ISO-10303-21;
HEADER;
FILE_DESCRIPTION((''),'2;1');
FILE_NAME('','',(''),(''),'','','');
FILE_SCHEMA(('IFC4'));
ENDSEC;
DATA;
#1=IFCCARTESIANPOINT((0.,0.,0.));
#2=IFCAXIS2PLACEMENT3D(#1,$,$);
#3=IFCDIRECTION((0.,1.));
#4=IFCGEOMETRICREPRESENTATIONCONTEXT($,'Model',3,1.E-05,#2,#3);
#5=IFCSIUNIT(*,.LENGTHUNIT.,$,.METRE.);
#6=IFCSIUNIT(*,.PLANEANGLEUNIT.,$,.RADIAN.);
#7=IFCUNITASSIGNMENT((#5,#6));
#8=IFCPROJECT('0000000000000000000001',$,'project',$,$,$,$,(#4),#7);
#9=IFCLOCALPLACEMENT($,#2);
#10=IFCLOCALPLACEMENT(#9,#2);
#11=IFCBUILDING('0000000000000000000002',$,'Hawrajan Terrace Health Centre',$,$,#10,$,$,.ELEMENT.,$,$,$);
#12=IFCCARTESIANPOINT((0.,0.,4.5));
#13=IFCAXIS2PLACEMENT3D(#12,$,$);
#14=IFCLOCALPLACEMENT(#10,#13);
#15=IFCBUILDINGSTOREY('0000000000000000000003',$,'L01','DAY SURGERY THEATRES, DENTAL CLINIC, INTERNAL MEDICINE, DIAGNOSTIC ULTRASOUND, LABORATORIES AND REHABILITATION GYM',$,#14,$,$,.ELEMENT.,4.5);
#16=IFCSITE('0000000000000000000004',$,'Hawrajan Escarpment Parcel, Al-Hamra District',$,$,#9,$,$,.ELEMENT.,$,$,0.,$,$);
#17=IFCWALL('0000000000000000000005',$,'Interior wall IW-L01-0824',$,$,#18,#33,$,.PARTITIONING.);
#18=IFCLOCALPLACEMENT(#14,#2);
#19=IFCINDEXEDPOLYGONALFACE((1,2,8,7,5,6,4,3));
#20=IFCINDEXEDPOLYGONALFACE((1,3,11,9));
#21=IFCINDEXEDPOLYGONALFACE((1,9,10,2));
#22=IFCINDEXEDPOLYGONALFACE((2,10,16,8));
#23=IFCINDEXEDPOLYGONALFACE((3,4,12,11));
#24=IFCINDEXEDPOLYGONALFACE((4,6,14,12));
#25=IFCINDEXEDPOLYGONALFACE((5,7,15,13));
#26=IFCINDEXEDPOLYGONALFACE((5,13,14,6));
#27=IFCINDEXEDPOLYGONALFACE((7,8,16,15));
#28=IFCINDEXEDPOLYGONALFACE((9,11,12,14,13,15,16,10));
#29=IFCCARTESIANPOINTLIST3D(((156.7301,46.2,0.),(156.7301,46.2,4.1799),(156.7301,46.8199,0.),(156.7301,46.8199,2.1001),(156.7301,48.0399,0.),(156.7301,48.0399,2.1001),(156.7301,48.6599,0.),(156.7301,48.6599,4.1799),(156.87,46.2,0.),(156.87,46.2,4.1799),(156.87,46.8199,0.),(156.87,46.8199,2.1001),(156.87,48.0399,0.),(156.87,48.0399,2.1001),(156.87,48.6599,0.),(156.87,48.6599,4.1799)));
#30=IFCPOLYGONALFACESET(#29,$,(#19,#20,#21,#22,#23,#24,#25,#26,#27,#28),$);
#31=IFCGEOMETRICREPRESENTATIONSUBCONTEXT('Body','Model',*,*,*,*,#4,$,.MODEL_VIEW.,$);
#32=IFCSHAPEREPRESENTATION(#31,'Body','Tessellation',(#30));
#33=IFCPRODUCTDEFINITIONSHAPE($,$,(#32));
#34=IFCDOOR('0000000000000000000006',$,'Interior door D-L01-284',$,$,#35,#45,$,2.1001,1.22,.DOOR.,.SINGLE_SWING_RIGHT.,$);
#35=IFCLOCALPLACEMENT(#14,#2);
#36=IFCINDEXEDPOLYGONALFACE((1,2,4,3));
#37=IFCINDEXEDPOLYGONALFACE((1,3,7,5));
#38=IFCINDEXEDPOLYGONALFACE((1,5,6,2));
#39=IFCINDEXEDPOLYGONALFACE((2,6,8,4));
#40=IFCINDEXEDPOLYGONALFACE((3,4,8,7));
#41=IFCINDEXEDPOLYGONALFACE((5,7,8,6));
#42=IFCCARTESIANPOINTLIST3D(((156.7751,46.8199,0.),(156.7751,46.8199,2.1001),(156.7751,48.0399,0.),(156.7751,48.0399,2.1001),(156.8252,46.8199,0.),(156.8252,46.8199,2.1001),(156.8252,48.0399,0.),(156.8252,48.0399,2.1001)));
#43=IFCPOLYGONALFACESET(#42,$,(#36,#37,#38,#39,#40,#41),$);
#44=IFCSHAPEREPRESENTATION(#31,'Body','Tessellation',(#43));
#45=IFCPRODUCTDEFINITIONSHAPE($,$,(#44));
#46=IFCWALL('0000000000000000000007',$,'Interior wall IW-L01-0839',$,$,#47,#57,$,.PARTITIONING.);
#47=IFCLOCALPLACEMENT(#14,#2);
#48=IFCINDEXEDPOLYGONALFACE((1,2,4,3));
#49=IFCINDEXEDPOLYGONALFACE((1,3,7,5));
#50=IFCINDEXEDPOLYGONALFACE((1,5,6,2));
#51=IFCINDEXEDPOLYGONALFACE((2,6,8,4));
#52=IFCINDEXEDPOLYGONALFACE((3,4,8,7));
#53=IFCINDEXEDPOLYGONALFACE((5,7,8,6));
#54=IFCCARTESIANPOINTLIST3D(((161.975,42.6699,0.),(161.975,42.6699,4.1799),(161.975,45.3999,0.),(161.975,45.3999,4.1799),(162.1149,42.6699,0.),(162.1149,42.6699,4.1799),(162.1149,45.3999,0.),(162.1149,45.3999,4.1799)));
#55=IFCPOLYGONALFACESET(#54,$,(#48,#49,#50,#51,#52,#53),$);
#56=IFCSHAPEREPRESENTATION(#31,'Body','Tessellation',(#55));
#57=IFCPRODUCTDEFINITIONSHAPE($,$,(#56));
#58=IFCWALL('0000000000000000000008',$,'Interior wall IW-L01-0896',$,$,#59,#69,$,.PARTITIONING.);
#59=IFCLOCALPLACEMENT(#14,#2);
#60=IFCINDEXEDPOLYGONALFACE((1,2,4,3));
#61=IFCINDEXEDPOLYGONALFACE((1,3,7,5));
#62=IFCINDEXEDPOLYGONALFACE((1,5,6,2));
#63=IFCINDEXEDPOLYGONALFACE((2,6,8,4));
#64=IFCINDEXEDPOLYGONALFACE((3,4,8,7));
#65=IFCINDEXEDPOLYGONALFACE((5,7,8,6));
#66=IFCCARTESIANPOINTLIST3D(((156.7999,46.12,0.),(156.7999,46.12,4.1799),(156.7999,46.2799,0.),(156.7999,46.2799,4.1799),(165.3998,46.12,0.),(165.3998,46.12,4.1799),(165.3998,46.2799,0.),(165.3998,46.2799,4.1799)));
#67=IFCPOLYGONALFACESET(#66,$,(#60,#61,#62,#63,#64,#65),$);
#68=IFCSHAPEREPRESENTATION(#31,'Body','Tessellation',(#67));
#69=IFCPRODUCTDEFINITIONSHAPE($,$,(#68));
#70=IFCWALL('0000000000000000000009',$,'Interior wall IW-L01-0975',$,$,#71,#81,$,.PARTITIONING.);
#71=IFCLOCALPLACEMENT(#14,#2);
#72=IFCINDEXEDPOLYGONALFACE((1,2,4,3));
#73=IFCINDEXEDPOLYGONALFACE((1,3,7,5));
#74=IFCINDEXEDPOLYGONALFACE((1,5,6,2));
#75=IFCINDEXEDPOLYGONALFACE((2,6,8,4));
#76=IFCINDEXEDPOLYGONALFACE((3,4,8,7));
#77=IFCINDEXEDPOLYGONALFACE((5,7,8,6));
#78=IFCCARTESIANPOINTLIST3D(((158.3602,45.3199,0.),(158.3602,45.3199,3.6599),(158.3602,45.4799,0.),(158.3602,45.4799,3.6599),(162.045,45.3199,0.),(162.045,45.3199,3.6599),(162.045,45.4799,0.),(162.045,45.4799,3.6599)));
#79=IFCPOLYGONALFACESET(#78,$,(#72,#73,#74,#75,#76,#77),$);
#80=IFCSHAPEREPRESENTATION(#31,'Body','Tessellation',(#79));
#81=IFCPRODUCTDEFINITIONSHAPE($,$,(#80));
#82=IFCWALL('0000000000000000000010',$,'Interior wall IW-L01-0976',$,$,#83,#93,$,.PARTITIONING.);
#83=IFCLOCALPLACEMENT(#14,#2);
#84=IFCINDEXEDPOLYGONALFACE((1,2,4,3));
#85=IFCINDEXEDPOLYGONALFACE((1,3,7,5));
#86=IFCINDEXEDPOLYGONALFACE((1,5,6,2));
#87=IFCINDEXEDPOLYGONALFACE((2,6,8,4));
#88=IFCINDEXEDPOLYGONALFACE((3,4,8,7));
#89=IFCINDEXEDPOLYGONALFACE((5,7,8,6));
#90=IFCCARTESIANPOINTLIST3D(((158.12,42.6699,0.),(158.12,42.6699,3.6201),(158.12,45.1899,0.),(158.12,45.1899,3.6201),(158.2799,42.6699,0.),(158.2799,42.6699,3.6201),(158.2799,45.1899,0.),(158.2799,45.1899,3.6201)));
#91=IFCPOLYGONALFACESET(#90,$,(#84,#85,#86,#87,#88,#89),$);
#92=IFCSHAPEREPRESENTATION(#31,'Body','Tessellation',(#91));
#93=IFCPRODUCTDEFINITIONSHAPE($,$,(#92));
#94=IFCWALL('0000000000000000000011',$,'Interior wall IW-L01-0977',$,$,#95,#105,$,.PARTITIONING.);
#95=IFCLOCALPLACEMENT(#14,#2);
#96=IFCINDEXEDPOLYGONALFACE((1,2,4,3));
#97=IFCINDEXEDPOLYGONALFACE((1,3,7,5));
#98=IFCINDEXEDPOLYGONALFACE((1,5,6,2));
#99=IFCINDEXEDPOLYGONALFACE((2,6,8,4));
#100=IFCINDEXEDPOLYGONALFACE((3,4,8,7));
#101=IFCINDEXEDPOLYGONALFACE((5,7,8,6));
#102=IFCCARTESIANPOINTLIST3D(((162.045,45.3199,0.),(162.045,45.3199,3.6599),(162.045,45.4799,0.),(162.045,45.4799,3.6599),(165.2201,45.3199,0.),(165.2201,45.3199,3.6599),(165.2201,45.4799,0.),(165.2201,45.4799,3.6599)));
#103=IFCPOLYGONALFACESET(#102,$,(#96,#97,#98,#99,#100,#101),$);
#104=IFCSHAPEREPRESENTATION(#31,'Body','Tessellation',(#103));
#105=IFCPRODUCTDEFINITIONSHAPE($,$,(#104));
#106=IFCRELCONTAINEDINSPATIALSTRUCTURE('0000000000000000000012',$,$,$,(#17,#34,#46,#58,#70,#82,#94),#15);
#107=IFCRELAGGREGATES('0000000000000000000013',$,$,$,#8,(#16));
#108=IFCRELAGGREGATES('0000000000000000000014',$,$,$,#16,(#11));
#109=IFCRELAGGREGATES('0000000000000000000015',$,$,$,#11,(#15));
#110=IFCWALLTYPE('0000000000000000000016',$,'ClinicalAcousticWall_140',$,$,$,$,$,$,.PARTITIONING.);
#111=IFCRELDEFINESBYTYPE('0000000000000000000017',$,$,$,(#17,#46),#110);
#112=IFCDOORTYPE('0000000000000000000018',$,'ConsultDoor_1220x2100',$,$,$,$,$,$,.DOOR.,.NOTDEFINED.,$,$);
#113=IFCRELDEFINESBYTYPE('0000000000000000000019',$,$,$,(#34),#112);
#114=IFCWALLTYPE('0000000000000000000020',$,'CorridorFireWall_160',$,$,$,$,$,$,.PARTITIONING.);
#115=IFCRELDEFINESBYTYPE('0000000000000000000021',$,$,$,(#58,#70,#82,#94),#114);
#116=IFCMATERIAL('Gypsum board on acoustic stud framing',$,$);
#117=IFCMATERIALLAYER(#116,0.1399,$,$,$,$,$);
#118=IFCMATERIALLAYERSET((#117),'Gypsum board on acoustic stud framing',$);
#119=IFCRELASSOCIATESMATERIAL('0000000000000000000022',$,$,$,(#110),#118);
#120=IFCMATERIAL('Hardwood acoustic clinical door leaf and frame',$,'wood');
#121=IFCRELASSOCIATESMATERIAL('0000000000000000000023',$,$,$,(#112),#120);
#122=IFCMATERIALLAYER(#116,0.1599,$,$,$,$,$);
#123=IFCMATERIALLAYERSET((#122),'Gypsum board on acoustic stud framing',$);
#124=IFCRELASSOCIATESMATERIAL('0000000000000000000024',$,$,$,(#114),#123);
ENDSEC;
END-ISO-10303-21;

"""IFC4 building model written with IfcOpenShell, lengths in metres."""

from ifc_helpers import new_model, si_unit, direction, frame, frame_2d, origin, place, context, subcontext, project, spatial, rectangle, extrude, material, layer, layer_set, type_object, element, fill, save


model = new_model("IFC4")

# Units and contexts
model_context = context("Model", 3, precision=1e-05, world=origin(), true_north=direction((0.0, 1.0)))
body_context = subcontext(model_context, "Body", "Model", "MODEL_VIEW")
ifc_project = project(units=[si_unit("LENGTHUNIT", "METRE"), si_unit("PLANEANGLEUNIT", "RADIAN")], contexts=[model_context])

# Site, building, storey
site_placement = place(None, origin())
site = spatial("IfcSite", under=ifc_project, at=site_placement, Name="Hawrajan Escarpment Parcel, Al-Hamra District", CompositionType="ELEMENT", RefElevation=0.0)
building_placement = place(site_placement, origin())
building = spatial("IfcBuilding", under=site, at=building_placement, Name="Hawrajan Terrace Health Centre", CompositionType="ELEMENT")
storey_placement = place(building_placement, frame((0.0, 0.0, 4.5)))
storey = spatial("IfcBuildingStorey", under=building, at=storey_placement, Name="L01", Description="DAY SURGERY THEATRES, DENTAL CLINIC, INTERNAL MEDICINE, DIAGNOSTIC ULTRASOUND, LABORATORIES AND REHABILITATION GYM", CompositionType="ELEMENT", Elevation=4.5)

# Wall, opening, door
ifc_material_1 = material(Name="Gypsum board on acoustic stud framing")
ifc_layer_1 = layer(ifc_material_1, 0.1399)
ifc_layer_set_1 = layer_set([ifc_layer_1], Name="Gypsum board on acoustic stud framing")
wall_type_1 = type_object("IfcWallType", Name="ClinicalAcousticWall_140", PredefinedType="PARTITIONING", material=ifc_layer_set_1)
wall_1_placement = place(storey_placement, frame((156.8, 46.2, 0.0), z_axis=(0.0, 0.0, 1.0), x_axis=(0.0, 1.0, 0.0)))
wall_1 = element("IfcWall", 1, at=wall_1_placement, inside=storey, type_object=wall_type_1, Name="Interior wall IW-L01-0824", PredefinedType="PARTITIONING", context=body_context, shape_type="SweptSolid", body=[
    extrude(rectangle(XDim=2.46, YDim=0.1399, at=frame_2d((1.23, 0.0))), origin(), (0.0, 0.0, 1.0), 4.1799),
])
opening_placement = place(wall_1_placement, frame((0.6201, 0.0, 0.0)))
opening = element("IfcOpeningElement", 2, at=opening_placement, cuts=wall_1, PredefinedType="OPENING", context=body_context, shape_type="SweptSolid", body=[
    extrude(rectangle(XDim=1.22, YDim=2.1001, at=frame_2d((0.6099, 1.05))), frame((0.0, 0.0798, 0.0), z_axis=(0.0, -1.0, 0.0), x_axis=(1.0, 0.0, 0.0)), (0.0, 0.0, 1.0), 0.1599),
])
ifc_material_2 = material(Name="Hardwood acoustic clinical door leaf and frame", Category="wood")
door_type = type_object("IfcDoorType", Name="ConsultDoor_1220x2100", OperationType="NOTDEFINED", PredefinedType="DOOR", material=ifc_material_2)
door_placement = place(opening_placement, origin())
door = element("IfcDoor", 3, at=door_placement, inside=storey, type_object=door_type, Name="Interior door D-L01-284", OperationType="SINGLE_SWING_RIGHT", OverallHeight=2.1001, OverallWidth=1.22, PredefinedType="DOOR", context=body_context, shape_type="SweptSolid", body=[
    extrude(rectangle(XDim=1.22, YDim=2.1001, at=frame_2d((0.6099, 1.05))), frame((0.0, 0.0249, 0.0), z_axis=(0.0, -1.0, 0.0), x_axis=(1.0, 0.0, 0.0)), (0.0, 0.0, 1.0), 0.05),
])
fill(opening, door)

# Walls
wall_2_placement = place(storey_placement, frame((162.0449, 42.6699, 0.0), z_axis=(0.0, 0.0, 1.0), x_axis=(0.0, 1.0, 0.0)))
element("IfcWall", 4, at=wall_2_placement, inside=storey, type_object=wall_type_1, Name="Interior wall IW-L01-0839", PredefinedType="PARTITIONING", context=body_context, shape_type="SweptSolid", body=[
    extrude(rectangle(XDim=2.73, YDim=0.1399, at=frame_2d((1.365, 0.0))), origin(), (0.0, 0.0, 1.0), 4.1799),
])
ifc_layer_2 = layer(ifc_material_1, 0.1599)
ifc_layer_set_2 = layer_set([ifc_layer_2], Name="Gypsum board on acoustic stud framing")
wall_type_2 = type_object("IfcWallType", Name="CorridorFireWall_160", PredefinedType="PARTITIONING", material=ifc_layer_set_2)
wall_3_placement = place(storey_placement, frame((156.8, 46.2, 0.0), z_axis=(0.0, 0.0, 1.0), x_axis=(1.0, 0.0, 0.0)))
element("IfcWall", 5, at=wall_3_placement, inside=storey, type_object=wall_type_2, Name="Interior wall IW-L01-0896", PredefinedType="PARTITIONING", context=body_context, shape_type="SweptSolid", body=[
    extrude(rectangle(XDim=8.5999, YDim=0.1599, at=frame_2d((4.2998, 0.0))), origin(), (0.0, 0.0, 1.0), 4.1799),
])
wall_4_placement = place(storey_placement, frame((162.0449, 45.3999, 0.0), z_axis=(0.0, 0.0, 1.0), x_axis=(-1.0, 0.0, 0.0)))
element("IfcWall", 6, at=wall_4_placement, inside=storey, type_object=wall_type_2, Name="Interior wall IW-L01-0975", PredefinedType="PARTITIONING", context=body_context, shape_type="SweptSolid", body=[
    extrude(rectangle(XDim=3.6848, YDim=0.1599, at=frame_2d((1.8423, 0.0))), origin(), (0.0, 0.0, 1.0), 3.6599),
])
wall_5_placement = place(storey_placement, frame((158.2, 42.6699, 0.0), z_axis=(0.0, 0.0, 1.0), x_axis=(0.0, 1.0, 0.0)))
element("IfcWall", 7, at=wall_5_placement, inside=storey, type_object=wall_type_2, Name="Interior wall IW-L01-0976", PredefinedType="PARTITIONING", context=body_context, shape_type="SweptSolid", body=[
    extrude(rectangle(XDim=2.52, YDim=0.1599, at=frame_2d((1.26, 0.0))), origin(), (0.0, 0.0, 1.0), 3.6201),
])
wall_6_placement = place(storey_placement, frame((165.22, 45.3999, 0.0), z_axis=(0.0, 0.0, 1.0), x_axis=(-1.0, 0.0, 0.0)))
element("IfcWall", 8, at=wall_6_placement, inside=storey, type_object=wall_type_2, Name="Interior wall IW-L01-0977", PredefinedType="PARTITIONING", context=body_context, shape_type="SweptSolid", body=[
    extrude(rectangle(XDim=3.175, YDim=0.1599, at=frame_2d((1.5874, 0.0))), origin(), (0.0, 0.0, 1.0), 3.6599),
])

save(model, "model.ifc")
